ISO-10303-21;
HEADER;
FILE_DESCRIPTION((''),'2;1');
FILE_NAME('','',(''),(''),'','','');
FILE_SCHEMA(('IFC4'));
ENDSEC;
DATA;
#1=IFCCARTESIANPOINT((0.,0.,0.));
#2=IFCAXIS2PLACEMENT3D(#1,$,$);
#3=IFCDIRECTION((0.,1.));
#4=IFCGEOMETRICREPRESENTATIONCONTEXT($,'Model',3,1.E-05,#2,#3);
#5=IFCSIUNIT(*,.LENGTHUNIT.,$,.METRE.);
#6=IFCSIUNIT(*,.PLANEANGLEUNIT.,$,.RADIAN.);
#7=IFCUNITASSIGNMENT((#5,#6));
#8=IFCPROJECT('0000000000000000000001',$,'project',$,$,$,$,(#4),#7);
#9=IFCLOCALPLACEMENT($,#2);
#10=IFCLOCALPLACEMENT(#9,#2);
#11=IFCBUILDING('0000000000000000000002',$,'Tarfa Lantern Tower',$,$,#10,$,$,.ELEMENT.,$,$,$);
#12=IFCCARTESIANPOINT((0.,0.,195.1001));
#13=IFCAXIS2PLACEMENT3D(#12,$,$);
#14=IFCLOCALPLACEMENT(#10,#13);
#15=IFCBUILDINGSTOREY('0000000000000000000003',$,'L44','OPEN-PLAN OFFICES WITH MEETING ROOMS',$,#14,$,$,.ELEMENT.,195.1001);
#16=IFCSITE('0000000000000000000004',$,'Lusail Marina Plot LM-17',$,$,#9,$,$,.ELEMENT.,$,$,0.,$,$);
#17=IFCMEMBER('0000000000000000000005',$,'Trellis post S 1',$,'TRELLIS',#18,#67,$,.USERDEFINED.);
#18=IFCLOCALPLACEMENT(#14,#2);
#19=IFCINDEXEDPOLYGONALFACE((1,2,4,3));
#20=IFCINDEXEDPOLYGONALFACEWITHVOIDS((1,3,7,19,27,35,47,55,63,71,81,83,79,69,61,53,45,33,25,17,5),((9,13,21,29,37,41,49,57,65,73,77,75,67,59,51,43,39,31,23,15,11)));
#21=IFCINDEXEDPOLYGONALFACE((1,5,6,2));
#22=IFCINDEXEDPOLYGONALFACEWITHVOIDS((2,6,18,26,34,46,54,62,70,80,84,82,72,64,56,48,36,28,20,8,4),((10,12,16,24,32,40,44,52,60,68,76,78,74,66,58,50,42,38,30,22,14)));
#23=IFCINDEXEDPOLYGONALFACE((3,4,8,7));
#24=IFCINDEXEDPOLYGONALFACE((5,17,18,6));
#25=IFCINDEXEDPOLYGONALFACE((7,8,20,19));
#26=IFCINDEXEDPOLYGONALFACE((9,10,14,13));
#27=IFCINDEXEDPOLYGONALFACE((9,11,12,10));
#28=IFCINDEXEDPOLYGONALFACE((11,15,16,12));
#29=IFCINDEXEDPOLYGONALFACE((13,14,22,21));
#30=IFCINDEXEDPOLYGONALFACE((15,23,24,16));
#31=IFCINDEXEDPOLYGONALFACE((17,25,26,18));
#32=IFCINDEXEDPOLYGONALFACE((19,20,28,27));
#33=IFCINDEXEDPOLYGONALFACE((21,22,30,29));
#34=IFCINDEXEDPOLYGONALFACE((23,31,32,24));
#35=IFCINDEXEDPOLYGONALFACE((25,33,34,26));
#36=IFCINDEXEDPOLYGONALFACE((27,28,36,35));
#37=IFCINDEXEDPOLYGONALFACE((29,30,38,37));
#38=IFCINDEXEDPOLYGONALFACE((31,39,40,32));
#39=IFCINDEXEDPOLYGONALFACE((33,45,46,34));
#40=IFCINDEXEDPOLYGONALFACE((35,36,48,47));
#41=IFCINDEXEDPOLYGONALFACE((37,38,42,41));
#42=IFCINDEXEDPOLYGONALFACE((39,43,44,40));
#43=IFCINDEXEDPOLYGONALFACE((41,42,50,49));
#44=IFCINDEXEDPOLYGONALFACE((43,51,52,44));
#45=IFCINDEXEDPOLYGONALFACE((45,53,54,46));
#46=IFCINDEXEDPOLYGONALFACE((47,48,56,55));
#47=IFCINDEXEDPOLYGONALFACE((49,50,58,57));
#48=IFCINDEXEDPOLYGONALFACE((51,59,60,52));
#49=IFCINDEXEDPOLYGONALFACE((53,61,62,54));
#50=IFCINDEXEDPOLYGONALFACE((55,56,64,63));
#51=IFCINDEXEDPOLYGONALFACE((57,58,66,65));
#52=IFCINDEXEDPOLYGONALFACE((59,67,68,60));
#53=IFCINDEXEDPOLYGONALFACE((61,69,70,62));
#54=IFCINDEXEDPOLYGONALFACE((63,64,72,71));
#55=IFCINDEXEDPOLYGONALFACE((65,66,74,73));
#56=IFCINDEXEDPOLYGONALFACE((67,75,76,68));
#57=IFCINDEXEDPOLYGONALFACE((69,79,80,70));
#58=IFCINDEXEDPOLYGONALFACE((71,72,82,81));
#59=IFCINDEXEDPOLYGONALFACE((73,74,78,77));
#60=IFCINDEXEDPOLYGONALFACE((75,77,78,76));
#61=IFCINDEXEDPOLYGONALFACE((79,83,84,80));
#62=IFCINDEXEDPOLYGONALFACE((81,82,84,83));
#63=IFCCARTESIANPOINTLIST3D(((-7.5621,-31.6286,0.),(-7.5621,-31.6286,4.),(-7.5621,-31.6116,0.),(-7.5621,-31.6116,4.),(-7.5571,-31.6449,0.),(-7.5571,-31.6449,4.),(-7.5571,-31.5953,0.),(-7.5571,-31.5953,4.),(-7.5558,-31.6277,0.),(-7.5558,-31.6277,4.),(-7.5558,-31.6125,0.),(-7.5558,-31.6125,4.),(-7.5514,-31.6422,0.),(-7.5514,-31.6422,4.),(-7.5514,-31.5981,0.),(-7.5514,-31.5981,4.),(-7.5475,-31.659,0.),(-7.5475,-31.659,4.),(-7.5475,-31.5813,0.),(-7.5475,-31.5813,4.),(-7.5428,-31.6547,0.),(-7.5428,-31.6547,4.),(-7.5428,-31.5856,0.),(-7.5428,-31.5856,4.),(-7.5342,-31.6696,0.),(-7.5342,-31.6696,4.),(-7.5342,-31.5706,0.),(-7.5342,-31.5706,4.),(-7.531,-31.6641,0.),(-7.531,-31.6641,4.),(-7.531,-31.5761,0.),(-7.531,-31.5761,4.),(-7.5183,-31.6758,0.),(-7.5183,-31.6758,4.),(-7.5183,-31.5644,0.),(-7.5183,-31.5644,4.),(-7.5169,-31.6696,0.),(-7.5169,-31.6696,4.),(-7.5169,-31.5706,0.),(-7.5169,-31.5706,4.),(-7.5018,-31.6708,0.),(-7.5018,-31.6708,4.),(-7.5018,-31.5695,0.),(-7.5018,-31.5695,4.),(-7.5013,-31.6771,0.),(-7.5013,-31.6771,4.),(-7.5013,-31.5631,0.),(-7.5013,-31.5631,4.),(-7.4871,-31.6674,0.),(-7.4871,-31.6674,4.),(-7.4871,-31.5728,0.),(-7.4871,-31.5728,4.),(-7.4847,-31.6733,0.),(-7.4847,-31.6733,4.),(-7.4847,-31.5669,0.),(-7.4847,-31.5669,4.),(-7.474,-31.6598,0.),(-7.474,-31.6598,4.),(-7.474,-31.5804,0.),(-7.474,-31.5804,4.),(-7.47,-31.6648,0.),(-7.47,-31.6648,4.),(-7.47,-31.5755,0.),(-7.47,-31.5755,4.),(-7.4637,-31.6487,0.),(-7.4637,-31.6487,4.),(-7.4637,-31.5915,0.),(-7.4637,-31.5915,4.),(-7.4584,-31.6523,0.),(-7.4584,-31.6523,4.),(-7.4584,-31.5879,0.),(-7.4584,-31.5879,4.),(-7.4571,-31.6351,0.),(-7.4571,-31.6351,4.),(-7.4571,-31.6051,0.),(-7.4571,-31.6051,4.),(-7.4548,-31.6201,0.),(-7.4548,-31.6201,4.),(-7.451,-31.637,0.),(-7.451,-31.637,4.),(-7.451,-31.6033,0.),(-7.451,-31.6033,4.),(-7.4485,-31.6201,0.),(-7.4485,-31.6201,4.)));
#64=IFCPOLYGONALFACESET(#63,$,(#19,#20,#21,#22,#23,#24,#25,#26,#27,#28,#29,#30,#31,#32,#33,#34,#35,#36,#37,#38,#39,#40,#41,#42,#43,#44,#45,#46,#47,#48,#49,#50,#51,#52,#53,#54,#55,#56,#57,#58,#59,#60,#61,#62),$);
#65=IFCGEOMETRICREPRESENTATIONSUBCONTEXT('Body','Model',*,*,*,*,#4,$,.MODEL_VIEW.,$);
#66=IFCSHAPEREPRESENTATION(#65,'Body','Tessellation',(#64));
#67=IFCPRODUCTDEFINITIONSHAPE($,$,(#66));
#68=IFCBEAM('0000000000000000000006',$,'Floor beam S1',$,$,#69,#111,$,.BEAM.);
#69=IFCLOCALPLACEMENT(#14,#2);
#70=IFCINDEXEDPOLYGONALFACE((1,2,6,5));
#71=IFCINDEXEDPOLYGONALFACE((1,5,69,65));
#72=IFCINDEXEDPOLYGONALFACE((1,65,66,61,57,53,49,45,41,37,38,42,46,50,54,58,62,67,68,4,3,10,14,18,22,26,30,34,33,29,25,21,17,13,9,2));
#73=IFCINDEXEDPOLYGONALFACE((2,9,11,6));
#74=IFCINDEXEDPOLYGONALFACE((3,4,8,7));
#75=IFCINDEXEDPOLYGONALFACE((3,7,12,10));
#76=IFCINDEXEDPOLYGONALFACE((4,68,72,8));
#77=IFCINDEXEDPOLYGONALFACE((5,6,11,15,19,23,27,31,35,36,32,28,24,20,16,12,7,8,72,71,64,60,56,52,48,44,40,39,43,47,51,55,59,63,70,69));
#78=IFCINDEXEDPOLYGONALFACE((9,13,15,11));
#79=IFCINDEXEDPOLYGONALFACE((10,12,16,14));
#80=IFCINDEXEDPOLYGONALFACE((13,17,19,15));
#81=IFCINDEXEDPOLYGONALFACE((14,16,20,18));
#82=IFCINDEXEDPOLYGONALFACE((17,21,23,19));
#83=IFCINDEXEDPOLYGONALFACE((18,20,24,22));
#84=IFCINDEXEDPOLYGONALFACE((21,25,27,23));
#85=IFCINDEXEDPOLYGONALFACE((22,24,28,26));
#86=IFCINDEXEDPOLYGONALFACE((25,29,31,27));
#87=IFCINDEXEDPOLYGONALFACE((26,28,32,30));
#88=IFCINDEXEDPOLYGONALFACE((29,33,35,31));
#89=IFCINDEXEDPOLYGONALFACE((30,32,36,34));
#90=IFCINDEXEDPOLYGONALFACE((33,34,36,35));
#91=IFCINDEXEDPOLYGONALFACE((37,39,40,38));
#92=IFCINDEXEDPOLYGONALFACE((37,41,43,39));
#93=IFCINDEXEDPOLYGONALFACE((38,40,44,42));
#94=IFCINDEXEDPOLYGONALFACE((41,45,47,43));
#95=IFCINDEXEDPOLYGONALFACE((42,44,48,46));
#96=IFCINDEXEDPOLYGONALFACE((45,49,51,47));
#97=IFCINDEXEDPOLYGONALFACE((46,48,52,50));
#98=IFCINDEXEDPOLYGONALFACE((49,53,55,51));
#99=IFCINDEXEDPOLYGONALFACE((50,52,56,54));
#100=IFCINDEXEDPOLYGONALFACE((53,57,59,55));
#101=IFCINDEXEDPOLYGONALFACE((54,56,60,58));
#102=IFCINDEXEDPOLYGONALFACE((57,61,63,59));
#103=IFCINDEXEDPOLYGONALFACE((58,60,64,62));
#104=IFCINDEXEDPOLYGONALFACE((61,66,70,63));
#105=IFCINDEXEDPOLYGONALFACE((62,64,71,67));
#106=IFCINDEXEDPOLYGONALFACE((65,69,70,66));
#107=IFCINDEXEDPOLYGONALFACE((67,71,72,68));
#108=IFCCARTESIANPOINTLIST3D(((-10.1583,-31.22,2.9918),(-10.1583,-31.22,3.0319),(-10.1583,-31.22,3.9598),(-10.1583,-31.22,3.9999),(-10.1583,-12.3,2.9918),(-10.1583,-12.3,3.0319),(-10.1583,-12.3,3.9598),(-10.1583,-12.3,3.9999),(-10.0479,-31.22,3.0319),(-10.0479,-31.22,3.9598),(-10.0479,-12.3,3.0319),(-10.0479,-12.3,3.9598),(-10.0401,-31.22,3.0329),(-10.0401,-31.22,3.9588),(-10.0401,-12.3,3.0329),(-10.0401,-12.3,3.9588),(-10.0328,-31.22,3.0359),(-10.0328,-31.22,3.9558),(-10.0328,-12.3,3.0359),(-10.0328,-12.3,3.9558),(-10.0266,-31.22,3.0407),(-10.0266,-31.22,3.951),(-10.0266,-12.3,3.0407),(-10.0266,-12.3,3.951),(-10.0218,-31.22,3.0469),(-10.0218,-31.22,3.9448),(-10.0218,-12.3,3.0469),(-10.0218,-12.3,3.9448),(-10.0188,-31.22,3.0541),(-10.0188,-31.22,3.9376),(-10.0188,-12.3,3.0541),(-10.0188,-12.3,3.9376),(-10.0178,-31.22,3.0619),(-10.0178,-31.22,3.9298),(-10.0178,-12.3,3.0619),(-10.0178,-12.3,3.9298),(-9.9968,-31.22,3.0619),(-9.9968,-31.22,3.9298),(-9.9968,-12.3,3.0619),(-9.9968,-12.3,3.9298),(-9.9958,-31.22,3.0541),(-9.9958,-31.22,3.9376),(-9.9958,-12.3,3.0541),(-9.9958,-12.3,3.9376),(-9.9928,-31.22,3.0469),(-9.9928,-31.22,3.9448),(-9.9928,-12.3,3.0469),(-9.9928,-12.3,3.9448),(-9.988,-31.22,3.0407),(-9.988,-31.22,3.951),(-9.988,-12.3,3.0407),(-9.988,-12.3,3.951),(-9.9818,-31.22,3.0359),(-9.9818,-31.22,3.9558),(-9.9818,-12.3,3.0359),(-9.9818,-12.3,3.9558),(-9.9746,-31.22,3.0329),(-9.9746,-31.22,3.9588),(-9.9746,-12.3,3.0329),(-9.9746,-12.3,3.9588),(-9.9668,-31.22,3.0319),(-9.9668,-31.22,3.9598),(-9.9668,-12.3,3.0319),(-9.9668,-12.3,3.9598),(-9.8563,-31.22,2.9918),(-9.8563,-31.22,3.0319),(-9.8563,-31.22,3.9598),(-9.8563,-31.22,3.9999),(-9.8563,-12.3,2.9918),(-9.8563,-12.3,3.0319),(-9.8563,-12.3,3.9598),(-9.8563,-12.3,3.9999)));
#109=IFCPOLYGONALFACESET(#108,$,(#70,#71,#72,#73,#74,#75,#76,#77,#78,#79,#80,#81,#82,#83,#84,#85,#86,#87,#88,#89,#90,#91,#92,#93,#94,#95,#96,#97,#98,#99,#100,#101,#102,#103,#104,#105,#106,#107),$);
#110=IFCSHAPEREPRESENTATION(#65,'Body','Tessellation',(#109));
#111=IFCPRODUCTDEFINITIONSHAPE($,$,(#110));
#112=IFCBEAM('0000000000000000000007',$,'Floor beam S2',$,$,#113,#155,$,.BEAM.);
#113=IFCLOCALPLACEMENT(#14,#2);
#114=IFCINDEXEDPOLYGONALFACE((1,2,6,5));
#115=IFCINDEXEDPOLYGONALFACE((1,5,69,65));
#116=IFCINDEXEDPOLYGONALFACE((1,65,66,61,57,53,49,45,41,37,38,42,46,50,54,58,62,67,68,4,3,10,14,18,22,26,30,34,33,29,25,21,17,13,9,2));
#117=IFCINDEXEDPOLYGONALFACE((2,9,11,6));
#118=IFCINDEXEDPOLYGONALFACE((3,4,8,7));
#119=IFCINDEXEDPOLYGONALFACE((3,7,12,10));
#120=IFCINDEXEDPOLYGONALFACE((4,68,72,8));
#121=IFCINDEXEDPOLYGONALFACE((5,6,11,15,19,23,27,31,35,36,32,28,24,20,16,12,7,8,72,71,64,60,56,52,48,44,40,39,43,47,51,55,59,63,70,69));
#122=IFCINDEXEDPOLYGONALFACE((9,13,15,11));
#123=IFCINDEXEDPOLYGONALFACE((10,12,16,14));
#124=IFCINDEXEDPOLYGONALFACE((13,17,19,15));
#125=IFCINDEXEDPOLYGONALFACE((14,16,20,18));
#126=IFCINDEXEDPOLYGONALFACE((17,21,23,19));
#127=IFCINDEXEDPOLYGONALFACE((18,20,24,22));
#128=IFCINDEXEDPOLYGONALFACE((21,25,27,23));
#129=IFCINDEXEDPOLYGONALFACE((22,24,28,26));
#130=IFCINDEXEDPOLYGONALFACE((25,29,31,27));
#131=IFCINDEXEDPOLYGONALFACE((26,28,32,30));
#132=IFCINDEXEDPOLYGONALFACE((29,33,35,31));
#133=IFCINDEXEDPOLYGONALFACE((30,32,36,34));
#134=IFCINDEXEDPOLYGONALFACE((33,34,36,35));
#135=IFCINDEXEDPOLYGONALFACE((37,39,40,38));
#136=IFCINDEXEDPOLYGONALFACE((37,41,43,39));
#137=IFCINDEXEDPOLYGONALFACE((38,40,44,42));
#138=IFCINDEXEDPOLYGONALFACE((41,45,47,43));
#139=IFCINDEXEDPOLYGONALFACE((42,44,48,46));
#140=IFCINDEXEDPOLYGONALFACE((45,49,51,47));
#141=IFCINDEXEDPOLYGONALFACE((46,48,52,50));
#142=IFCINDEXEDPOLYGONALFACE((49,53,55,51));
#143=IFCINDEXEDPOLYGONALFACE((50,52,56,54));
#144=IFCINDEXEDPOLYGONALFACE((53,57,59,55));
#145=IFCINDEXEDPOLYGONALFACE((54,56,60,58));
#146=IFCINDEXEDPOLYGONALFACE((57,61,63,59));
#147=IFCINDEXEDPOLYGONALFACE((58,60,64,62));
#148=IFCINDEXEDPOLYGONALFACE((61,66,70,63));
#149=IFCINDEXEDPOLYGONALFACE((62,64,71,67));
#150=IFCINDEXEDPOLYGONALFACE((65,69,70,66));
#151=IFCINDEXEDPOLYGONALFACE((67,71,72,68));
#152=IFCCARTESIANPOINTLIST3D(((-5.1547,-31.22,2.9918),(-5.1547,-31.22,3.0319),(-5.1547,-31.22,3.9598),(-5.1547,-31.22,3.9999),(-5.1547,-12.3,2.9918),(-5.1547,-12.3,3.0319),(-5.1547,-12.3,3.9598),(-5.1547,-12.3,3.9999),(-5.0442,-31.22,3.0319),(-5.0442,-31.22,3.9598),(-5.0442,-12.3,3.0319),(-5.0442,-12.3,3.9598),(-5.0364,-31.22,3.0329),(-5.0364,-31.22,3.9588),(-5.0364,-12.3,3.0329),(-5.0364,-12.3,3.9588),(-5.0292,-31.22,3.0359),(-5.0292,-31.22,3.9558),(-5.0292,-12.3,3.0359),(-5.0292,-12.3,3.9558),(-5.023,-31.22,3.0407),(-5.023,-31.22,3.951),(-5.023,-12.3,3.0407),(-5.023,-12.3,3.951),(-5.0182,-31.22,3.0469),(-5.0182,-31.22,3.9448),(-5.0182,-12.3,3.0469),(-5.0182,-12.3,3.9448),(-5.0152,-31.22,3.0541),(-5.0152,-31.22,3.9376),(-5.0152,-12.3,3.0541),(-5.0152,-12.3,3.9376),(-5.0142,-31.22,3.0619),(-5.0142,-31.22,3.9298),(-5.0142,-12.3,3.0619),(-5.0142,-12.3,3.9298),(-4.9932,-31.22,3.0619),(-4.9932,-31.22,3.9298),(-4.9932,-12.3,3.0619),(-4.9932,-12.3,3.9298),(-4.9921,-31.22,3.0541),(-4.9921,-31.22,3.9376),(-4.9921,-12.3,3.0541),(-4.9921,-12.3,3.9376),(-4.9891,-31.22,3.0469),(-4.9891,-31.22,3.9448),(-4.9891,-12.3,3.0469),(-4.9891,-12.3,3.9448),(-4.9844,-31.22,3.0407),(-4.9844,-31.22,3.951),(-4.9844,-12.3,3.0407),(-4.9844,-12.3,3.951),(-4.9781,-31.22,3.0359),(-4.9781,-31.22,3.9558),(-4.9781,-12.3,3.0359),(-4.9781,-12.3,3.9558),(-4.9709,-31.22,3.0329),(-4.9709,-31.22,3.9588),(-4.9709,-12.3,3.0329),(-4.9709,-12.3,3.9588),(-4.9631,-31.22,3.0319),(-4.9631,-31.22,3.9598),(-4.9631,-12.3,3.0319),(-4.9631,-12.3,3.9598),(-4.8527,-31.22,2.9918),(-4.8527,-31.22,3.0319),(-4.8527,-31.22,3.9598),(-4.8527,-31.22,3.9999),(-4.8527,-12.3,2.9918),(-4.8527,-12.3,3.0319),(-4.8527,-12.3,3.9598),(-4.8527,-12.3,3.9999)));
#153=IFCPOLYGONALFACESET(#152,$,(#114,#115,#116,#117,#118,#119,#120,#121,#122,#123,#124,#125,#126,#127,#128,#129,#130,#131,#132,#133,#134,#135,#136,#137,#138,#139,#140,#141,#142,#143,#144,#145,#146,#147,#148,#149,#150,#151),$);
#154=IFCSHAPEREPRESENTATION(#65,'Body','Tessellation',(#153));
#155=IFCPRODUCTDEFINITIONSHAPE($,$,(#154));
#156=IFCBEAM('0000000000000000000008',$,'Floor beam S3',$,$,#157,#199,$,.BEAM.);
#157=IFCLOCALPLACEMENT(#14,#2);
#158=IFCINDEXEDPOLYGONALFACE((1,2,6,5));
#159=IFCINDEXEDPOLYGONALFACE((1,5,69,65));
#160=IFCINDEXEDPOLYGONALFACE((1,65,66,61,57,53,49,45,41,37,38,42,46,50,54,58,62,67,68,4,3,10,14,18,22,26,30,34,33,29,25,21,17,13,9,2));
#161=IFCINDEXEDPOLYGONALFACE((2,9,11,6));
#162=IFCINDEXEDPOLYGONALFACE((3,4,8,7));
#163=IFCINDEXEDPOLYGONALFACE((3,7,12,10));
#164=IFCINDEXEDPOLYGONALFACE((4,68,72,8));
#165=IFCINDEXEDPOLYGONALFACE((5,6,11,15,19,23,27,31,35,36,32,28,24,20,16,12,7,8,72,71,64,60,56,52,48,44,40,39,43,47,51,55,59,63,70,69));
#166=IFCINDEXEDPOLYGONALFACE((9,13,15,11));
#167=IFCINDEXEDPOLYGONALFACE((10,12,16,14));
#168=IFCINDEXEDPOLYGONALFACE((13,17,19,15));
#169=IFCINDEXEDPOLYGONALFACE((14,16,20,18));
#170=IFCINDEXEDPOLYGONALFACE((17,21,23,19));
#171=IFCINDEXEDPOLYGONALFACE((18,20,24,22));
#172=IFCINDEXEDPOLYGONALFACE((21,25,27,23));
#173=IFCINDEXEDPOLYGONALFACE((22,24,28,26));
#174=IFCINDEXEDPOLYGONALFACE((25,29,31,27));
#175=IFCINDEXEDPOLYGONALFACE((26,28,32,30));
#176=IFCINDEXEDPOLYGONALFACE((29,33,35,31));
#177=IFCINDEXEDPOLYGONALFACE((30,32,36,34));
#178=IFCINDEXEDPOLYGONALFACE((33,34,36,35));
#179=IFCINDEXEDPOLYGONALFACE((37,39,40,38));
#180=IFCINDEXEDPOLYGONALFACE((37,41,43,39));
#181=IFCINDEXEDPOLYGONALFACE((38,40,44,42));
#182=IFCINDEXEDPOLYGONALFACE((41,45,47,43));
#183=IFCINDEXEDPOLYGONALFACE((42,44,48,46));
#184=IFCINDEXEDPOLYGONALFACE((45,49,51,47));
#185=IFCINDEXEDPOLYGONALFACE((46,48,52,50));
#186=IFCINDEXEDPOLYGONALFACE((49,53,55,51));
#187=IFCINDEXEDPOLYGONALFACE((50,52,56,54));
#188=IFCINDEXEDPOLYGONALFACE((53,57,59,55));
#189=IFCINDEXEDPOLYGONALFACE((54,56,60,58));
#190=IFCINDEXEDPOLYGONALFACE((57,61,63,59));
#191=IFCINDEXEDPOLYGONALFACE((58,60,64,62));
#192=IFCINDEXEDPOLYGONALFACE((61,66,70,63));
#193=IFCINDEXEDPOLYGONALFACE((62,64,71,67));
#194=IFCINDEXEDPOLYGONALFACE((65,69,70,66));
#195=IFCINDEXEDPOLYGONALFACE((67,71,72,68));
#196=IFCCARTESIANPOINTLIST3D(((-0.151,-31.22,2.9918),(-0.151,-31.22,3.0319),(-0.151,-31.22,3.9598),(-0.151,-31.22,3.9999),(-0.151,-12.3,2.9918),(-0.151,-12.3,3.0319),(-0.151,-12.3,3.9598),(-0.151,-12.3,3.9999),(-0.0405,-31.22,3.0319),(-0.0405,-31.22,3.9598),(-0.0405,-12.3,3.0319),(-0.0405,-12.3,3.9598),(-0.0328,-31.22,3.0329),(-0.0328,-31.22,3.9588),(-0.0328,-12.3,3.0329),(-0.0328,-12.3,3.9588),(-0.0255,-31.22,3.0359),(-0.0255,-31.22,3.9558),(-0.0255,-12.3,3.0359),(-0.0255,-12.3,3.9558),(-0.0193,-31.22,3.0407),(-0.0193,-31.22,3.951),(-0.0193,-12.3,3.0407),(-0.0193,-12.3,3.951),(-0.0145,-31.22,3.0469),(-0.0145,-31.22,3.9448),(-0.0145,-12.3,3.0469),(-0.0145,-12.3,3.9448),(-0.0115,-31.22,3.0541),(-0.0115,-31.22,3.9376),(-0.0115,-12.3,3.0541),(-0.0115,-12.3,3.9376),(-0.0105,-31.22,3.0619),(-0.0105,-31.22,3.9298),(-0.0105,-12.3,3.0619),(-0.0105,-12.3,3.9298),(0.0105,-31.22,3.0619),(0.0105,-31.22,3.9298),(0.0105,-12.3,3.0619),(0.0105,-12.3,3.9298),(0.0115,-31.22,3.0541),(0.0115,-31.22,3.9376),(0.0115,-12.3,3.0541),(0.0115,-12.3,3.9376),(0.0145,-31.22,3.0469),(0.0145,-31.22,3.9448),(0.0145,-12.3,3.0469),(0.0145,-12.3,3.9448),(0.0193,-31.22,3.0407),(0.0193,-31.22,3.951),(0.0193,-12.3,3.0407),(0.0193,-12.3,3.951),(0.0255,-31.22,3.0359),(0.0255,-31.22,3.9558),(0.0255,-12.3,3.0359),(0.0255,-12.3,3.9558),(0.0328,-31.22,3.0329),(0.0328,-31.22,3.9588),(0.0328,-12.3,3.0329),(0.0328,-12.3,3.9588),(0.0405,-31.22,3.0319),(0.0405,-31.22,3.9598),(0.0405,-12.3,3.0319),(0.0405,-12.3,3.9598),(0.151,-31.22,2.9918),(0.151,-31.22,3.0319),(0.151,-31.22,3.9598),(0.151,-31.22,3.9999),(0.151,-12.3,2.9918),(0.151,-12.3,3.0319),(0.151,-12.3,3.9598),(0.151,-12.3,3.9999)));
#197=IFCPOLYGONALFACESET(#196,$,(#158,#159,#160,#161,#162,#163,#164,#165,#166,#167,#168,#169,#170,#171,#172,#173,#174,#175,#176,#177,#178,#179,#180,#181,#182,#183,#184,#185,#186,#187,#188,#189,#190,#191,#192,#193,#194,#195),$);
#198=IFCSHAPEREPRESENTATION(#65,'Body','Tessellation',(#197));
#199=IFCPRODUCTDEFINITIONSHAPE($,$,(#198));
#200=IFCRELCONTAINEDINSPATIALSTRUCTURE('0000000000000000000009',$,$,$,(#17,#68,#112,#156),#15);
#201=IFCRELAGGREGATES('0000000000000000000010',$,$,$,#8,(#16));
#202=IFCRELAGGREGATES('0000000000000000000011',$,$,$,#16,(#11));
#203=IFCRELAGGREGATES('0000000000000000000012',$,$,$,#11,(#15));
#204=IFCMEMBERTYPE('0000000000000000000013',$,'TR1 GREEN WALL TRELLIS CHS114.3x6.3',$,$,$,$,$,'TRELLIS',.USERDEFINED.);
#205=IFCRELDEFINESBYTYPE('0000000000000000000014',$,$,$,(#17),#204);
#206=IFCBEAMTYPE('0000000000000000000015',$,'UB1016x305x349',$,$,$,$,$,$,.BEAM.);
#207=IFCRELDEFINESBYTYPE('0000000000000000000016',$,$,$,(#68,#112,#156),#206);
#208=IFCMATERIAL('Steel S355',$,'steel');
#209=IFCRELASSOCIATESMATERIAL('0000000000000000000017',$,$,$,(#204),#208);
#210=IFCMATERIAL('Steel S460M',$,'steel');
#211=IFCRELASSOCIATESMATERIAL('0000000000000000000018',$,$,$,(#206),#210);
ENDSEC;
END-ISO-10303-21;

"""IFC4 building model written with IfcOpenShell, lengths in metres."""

from ifc_helpers import new_model, si_unit, direction, frame, origin, origin_2d, place, context, subcontext, project, spatial, hollow_circle, i_section, extrude, material, material_profile, profile_set, type_object, element, save


model = new_model("IFC4")

# Units and contexts
model_context = context("Model", 3, precision=1e-05, world=origin(), true_north=direction((0.0, 1.0)))
body_context = subcontext(model_context, "Body", "Model", "MODEL_VIEW")
ifc_project = project(units=[si_unit("LENGTHUNIT", "METRE"), si_unit("PLANEANGLEUNIT", "RADIAN")], contexts=[model_context])

# Site, building, storey
site_placement = place(None, origin())
site = spatial("IfcSite", under=ifc_project, at=site_placement, Name="Lusail Marina Plot LM-17", CompositionType="ELEMENT", RefElevation=0.0)
building_placement = place(site_placement, origin())
building = spatial("IfcBuilding", under=site, at=building_placement, Name="Tarfa Lantern Tower", CompositionType="ELEMENT")
storey_placement = place(building_placement, frame((0.0, 0.0, 195.1001)))
storey = spatial("IfcBuildingStorey", under=building, at=storey_placement, Name="L44", Description="OPEN-PLAN OFFICES WITH MEETING ROOMS", CompositionType="ELEMENT", Elevation=195.1001)

# Member
ifc_material_1 = material(Name="Steel S355", Category="steel")
ifc_material_profile_1 = material_profile(ifc_material_1, hollow_circle(Radius=0.0571, WallThickness=0.0063, at=origin_2d()), Name="CHS114.3x6.3")
ifc_profile_set_1 = profile_set([ifc_material_profile_1], Name="Steel S355")
member_type_1 = type_object("IfcMemberType", Name="TR1 GREEN WALL TRELLIS CHS114.3x6.3", ElementType="TRELLIS", PredefinedType="USERDEFINED", material=ifc_profile_set_1)
member_1_placement = place(storey_placement, frame((-7.5056, -31.6201, 0.0), z_axis=(0.0, 0.0, 1.0), x_axis=(1.0, 0.0, 0.0)))
element("IfcMember", 1, at=member_1_placement, inside=storey, type_object=member_type_1, Name="Trellis post S 1", ObjectType="TRELLIS", PredefinedType="USERDEFINED", context=body_context, shape_type="SweptSolid", body=[
    extrude(hollow_circle(Radius=0.0571, WallThickness=0.0063, at=origin_2d()), origin(), (0.0, 0.0, 1.0), 4.0),
])

# Beams
ifc_material_2 = material(Name="Steel S460M", Category="steel")
ifc_material_profile_2 = material_profile(ifc_material_2, i_section(OverallWidth=0.302, OverallDepth=1.0081, WebThickness=0.021, FlangeThickness=0.04, FilletRadius=0.03, at=origin_2d()), Name="UB1016x305x349")
ifc_profile_set_2 = profile_set([ifc_material_profile_2], Name="Steel S460M")
beam_type_1 = type_object("IfcBeamType", Name="UB1016x305x349", PredefinedType="BEAM", material=ifc_profile_set_2)
for number, where, z_axis, x_axis, name in (
    (2, (-10.0073, -31.22, 3.4958), (0.0, 1.0, 0.0), (-1.0, 0.0, 0.0), "Floor beam S1"),
    (3, (-5.0037, -31.22, 3.4958), (0.0, 1.0, 0.0), (-1.0, 0.0, 0.0), "Floor beam S2"),
    (4, (0.0, -31.22, 3.4958), (0.0, 1.0, 0.0), (-1.0, 0.0, 0.0), "Floor beam S3"),
):
    element("IfcBeam", number, at=place(storey_placement, frame(where, z_axis=z_axis, x_axis=x_axis)), inside=storey, type_object=beam_type_1, Name=name, PredefinedType="BEAM", context=body_context, shape_type="SweptSolid", body=[
        extrude(i_section(OverallWidth=0.302, OverallDepth=1.0081, WebThickness=0.021, FlangeThickness=0.04, FilletRadius=0.03, at=origin_2d()), origin(), (0.0, 0.0, 1.0), 18.9199),
    ])

save(model, "model.ifc")
